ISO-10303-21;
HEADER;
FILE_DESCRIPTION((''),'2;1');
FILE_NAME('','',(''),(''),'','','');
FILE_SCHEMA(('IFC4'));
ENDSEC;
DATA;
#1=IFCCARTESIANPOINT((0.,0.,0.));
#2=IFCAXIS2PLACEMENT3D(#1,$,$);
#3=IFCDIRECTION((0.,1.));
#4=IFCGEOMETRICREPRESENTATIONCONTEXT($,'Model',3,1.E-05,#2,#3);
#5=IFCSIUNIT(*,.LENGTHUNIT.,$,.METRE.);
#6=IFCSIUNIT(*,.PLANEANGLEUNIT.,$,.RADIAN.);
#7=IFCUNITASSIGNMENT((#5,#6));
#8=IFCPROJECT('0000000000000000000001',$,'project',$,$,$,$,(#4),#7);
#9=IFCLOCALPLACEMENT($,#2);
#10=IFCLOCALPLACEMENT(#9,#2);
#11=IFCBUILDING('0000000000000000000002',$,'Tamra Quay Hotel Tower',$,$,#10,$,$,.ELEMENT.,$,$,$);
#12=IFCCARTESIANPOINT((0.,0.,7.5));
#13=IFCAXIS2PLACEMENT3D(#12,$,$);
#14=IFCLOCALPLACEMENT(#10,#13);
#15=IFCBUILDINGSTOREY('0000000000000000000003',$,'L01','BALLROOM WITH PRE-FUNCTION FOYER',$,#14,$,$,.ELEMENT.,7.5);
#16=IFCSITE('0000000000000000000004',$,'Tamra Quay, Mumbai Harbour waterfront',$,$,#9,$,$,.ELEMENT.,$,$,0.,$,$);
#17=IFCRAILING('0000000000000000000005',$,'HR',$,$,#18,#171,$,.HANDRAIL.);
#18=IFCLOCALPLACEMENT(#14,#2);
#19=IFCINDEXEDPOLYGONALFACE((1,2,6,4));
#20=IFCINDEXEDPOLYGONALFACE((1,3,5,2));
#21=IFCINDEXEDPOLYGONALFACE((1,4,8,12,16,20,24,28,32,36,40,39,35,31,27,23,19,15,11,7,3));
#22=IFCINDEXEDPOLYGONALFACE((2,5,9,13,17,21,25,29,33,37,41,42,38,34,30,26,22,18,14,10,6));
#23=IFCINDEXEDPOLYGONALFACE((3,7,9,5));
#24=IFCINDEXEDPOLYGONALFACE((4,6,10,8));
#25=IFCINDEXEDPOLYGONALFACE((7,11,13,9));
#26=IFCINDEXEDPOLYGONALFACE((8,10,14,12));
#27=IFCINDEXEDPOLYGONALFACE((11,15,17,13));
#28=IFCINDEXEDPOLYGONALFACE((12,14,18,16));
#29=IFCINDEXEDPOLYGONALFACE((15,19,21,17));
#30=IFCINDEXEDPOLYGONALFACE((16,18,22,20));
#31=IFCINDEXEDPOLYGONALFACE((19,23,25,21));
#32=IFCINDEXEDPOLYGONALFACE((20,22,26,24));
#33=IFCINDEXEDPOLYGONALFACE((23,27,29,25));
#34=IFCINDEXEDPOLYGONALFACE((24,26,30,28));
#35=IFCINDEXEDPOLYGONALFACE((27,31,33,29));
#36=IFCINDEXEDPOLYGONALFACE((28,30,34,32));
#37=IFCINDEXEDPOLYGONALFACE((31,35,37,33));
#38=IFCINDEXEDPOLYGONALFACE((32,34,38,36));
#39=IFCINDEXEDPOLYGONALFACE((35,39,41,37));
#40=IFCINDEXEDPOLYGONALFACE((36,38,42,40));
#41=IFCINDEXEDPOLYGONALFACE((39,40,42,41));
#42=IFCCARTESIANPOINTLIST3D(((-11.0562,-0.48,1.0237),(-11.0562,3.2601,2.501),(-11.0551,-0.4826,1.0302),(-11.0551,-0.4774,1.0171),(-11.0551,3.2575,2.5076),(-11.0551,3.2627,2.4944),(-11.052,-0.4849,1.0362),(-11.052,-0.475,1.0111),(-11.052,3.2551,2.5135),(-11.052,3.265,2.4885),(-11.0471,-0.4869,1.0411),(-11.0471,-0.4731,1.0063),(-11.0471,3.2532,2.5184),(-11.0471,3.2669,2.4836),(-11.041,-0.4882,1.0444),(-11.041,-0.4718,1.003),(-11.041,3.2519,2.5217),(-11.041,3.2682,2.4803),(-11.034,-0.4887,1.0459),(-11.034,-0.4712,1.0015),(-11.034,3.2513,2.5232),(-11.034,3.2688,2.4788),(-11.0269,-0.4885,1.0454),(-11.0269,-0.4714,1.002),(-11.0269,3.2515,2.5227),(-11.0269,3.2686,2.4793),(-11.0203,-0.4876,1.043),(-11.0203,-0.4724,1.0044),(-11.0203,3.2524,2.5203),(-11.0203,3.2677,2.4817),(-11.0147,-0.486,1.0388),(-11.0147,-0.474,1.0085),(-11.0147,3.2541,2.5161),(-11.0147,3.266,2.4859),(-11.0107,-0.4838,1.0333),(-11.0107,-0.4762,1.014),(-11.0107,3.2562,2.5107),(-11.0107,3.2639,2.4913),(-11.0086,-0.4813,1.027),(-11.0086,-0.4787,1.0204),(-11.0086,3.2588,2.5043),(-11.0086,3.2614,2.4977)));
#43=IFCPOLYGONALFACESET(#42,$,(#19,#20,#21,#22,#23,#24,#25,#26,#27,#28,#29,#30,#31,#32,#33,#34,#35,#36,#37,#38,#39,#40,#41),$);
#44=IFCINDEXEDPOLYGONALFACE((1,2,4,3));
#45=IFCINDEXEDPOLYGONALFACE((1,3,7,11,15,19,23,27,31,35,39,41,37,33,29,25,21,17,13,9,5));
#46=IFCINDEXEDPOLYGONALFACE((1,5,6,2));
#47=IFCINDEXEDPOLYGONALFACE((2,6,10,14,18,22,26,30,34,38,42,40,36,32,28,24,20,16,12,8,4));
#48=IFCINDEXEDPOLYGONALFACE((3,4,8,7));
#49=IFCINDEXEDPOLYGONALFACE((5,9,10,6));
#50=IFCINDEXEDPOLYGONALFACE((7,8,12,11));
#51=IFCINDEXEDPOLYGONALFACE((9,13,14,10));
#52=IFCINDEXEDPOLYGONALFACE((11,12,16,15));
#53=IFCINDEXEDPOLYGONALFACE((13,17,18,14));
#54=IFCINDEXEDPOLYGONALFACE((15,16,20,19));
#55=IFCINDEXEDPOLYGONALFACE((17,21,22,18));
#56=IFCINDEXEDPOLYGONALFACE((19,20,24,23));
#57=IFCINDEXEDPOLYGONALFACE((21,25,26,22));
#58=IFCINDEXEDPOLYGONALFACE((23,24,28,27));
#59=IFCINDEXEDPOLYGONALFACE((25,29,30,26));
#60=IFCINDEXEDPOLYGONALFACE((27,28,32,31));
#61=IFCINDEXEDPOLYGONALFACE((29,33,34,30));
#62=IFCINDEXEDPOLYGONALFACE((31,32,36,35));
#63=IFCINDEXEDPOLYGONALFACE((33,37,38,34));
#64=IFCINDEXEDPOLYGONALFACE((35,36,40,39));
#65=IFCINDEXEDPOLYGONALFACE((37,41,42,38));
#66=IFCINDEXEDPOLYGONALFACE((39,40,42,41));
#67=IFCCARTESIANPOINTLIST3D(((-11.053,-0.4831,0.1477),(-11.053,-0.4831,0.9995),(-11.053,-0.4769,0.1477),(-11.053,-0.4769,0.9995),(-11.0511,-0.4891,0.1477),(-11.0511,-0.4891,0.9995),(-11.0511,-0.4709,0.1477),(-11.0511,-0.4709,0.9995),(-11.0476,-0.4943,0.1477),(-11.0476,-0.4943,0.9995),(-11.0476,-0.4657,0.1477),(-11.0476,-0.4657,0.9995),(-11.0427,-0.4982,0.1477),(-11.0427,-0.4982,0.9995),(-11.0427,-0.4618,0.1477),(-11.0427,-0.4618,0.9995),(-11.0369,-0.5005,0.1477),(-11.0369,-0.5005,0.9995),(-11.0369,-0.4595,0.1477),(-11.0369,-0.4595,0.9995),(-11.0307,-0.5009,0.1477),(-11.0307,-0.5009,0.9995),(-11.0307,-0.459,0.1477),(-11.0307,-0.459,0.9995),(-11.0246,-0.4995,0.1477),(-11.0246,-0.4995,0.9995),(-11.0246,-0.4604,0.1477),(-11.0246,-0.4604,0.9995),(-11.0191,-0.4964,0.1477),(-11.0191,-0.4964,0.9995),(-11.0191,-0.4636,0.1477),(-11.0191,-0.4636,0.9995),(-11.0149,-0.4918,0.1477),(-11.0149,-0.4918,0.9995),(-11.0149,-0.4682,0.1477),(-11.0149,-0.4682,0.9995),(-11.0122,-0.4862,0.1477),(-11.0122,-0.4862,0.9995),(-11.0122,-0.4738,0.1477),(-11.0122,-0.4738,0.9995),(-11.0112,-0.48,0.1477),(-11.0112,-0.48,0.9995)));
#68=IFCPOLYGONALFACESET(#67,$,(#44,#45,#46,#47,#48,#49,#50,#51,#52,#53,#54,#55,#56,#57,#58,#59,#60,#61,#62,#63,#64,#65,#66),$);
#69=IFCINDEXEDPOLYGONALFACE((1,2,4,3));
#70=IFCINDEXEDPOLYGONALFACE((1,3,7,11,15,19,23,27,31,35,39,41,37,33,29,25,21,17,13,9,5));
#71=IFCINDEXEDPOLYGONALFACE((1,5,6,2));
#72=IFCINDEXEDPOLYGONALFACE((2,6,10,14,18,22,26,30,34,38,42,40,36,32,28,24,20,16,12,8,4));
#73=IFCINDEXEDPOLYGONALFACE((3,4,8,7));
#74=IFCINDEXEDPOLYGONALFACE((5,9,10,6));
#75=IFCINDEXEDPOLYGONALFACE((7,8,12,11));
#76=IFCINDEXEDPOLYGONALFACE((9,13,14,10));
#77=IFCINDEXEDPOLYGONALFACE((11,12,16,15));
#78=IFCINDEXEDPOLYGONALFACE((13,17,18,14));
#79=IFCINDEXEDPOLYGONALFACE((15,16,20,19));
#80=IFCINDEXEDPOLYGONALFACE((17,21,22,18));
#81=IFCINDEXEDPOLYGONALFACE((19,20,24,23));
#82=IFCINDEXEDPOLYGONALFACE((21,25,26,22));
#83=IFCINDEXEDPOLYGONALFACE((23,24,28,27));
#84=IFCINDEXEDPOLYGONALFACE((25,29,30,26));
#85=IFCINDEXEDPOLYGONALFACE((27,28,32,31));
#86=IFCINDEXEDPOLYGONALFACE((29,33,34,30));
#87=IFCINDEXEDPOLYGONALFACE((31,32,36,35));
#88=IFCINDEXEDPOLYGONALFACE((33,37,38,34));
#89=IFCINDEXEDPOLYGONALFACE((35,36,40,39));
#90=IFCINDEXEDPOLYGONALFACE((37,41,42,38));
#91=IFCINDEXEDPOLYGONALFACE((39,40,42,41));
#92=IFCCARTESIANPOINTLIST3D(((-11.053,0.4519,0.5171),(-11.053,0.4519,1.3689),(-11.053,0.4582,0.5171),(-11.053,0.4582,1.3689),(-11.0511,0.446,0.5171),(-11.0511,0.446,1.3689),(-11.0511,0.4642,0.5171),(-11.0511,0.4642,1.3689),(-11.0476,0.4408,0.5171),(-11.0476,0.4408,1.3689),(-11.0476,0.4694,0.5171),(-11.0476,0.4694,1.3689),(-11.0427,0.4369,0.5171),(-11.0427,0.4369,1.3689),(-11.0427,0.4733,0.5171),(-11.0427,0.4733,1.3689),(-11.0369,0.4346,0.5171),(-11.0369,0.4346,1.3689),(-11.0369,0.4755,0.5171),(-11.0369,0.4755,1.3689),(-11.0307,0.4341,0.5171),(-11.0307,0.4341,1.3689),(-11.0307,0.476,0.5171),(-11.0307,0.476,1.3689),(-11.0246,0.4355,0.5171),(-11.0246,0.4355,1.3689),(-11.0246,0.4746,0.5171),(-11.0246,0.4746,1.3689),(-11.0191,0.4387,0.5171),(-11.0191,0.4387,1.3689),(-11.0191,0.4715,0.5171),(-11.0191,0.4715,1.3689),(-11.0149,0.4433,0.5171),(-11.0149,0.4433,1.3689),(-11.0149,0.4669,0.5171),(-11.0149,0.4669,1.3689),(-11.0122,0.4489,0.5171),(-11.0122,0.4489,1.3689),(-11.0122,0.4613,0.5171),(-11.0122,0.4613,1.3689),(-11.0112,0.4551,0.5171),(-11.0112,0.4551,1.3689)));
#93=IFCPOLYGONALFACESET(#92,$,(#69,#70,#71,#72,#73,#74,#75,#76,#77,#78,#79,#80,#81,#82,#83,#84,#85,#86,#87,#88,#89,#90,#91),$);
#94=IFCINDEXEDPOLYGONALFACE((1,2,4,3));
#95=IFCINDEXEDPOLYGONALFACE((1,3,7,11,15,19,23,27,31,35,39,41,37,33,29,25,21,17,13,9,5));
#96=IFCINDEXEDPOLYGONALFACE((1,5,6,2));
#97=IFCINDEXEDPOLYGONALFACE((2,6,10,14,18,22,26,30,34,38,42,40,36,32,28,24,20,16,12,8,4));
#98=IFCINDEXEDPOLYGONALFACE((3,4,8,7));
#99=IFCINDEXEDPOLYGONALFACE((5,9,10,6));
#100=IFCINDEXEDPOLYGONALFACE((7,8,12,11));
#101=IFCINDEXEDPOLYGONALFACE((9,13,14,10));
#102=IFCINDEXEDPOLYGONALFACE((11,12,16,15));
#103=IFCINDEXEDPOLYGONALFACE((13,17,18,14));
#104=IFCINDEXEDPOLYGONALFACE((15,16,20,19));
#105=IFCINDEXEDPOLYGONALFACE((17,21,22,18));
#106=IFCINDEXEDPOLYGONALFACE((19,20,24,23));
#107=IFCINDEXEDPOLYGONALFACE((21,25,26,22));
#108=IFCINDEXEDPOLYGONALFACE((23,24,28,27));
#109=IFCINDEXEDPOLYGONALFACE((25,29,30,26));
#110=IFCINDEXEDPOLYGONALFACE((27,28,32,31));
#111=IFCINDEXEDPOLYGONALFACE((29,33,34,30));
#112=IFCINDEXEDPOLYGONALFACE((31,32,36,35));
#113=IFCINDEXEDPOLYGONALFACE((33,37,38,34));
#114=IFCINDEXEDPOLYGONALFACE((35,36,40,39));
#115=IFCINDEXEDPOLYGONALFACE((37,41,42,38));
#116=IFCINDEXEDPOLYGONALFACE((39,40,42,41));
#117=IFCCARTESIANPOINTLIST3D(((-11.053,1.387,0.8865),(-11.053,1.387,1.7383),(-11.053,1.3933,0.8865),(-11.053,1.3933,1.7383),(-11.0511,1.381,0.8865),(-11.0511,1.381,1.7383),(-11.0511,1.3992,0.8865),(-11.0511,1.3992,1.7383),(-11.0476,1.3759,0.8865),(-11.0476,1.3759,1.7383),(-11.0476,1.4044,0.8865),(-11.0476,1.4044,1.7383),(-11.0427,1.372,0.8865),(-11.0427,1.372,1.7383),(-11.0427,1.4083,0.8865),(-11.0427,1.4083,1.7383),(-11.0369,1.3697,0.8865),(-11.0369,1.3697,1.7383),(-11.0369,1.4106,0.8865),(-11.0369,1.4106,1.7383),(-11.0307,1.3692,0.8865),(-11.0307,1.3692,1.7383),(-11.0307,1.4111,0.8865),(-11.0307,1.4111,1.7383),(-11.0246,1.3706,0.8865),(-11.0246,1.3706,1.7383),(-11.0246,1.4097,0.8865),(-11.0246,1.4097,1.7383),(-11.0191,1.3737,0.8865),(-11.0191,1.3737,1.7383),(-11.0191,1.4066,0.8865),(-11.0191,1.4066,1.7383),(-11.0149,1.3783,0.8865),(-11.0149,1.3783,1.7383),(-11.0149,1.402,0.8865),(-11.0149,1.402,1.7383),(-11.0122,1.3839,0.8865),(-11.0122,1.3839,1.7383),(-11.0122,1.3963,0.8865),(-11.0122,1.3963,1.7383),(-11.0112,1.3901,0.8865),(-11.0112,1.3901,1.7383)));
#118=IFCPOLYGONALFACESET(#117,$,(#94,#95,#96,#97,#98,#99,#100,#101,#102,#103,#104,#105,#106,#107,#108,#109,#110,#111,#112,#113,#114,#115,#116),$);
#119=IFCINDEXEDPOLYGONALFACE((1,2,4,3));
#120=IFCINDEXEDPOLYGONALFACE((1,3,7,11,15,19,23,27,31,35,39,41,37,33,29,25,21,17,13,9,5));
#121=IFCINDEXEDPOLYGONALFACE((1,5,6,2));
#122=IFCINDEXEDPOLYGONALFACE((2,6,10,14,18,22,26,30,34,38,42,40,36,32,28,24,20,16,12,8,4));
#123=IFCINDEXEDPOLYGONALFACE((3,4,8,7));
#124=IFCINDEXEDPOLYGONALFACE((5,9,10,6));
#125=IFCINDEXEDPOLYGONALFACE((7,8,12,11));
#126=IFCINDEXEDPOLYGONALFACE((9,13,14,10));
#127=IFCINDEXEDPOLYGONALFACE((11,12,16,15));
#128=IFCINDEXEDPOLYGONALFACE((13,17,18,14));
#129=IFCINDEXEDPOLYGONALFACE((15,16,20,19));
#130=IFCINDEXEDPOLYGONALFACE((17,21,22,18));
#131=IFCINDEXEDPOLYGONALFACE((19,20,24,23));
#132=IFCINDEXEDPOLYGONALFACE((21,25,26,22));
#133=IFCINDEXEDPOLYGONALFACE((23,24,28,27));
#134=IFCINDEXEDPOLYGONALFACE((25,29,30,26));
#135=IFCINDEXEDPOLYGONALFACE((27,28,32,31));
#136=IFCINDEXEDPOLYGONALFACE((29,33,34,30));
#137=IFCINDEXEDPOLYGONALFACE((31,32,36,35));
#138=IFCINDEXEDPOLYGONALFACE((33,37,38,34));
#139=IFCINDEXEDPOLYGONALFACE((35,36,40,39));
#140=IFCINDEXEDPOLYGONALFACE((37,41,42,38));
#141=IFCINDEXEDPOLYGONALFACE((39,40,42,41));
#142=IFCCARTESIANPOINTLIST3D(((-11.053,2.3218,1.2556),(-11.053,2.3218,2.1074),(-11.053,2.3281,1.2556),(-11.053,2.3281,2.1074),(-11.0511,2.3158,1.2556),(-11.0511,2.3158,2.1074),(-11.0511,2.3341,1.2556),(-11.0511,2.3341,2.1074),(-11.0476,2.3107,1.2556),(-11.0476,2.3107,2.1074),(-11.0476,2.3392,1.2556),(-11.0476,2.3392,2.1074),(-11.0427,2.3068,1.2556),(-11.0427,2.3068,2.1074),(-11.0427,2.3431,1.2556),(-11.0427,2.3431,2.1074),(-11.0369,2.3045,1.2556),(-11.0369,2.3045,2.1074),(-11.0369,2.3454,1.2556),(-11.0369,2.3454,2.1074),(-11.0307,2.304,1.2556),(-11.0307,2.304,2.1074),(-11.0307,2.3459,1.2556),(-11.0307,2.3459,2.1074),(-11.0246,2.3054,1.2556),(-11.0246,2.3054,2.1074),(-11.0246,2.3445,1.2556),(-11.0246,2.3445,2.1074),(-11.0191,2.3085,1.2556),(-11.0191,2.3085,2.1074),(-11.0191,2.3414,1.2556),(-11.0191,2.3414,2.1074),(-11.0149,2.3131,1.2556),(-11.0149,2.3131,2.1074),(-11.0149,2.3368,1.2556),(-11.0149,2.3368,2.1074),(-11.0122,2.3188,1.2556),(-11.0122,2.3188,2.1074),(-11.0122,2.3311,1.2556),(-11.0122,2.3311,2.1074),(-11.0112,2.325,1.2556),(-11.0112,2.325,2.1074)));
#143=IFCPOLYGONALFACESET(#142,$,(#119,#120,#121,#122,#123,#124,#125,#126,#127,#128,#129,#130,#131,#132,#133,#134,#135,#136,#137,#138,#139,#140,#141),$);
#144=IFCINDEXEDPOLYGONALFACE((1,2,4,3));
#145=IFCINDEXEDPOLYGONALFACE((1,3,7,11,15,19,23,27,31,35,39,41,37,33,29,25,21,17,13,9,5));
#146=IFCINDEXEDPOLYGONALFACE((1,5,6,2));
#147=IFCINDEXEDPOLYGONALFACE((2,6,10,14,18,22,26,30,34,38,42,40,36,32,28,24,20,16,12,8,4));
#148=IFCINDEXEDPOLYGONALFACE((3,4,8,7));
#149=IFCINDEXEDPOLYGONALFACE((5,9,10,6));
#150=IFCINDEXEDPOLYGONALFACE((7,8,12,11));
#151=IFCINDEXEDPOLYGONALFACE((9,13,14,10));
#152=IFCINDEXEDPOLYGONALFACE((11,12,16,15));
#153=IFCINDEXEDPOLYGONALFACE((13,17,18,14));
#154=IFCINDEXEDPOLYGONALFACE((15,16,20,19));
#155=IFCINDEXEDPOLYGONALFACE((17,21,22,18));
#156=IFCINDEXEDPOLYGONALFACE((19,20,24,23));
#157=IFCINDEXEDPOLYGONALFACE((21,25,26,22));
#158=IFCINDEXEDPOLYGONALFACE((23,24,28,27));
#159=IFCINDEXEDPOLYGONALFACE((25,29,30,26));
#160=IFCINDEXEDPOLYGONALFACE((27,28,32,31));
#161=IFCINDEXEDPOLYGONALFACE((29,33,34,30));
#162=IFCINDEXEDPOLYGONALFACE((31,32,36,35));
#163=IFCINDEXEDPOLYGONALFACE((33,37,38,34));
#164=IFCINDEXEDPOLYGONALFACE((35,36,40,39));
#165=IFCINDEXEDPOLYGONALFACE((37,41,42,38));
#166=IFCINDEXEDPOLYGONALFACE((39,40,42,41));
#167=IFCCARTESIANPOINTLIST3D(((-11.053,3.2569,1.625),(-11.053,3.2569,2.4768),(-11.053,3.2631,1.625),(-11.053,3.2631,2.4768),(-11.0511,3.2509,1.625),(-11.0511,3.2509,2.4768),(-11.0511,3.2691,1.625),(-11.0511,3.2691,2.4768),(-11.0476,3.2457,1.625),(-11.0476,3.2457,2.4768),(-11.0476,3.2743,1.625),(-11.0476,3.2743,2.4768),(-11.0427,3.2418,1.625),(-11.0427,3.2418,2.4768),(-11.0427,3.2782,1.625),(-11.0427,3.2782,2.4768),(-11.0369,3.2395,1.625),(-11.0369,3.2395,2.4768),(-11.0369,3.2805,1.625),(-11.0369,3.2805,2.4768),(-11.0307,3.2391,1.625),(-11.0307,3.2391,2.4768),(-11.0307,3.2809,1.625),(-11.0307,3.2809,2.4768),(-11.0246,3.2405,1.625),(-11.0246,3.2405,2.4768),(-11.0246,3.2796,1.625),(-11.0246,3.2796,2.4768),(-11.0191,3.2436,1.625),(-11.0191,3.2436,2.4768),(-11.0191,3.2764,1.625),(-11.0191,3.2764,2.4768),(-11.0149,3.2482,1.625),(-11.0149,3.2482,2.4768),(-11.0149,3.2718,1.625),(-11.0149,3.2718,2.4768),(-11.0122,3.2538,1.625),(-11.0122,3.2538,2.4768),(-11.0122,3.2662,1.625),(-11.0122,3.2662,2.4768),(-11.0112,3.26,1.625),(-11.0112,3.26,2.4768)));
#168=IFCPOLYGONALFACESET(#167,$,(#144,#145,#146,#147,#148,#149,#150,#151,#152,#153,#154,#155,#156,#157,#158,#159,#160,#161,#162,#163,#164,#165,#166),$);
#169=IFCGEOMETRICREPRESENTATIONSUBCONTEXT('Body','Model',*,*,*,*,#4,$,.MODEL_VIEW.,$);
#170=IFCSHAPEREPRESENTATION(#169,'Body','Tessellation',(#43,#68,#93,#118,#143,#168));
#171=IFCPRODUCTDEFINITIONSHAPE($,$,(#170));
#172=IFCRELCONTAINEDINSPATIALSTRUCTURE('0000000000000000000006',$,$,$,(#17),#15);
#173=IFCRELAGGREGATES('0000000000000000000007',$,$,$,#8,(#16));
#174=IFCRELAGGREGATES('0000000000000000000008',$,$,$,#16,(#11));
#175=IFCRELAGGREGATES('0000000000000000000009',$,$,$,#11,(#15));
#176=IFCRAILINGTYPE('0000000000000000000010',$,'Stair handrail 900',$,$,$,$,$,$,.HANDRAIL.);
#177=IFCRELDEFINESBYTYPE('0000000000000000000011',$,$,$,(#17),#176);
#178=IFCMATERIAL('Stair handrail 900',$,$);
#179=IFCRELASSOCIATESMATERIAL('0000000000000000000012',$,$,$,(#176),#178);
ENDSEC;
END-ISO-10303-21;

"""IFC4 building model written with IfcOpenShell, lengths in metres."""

from ifc_helpers import new_model, si_unit, direction, frame, origin, origin_2d, place, context, subcontext, project, spatial, circle, extrude, material, type_object, element, save


model = new_model("IFC4")

# Units and contexts
model_context = context("Model", 3, precision=1e-05, world=origin(), true_north=direction((0.0, 1.0)))
body_context = subcontext(model_context, "Body", "Model", "MODEL_VIEW")
ifc_project = project(units=[si_unit("LENGTHUNIT", "METRE"), si_unit("PLANEANGLEUNIT", "RADIAN")], contexts=[model_context])

# Site, building, storey
site_placement = place(None, origin())
site = spatial("IfcSite", under=ifc_project, at=site_placement, Name="Tamra Quay, Mumbai Harbour waterfront", CompositionType="ELEMENT", RefElevation=0.0)
building_placement = place(site_placement, origin())
building = spatial("IfcBuilding", under=site, at=building_placement, Name="Tamra Quay Hotel Tower", CompositionType="ELEMENT")
storey_placement = place(building_placement, frame((0.0, 0.0, 7.5)))
storey = spatial("IfcBuildingStorey", under=building, at=storey_placement, Name="L01", Description="BALLROOM WITH PRE-FUNCTION FOYER", CompositionType="ELEMENT", Elevation=7.5)

# Railing
ifc_material_1 = material(Name="Stair handrail 900")
railing_type_1 = type_object("IfcRailingType", Name="Stair handrail 900", PredefinedType="HANDRAIL", material=ifc_material_1)
for number, where, name in (
    (1, (-11.0322, -0.48, 0.1477), "HR"),
):
    element("IfcRailing", number, at=place(storey_placement, frame(where)), inside=storey, type_object=railing_type_1, Name=name, PredefinedType="HANDRAIL", context=body_context, shape_type="SweptSolid", body=[
        extrude(circle(Radius=0.0239, at=origin_2d()), frame((0.0, 0.0, 0.876), z_axis=(0.0, 0.930072, 0.367378), x_axis=(-1.0, 0.0, 0.0)), (0.0, 0.0, 1.0), 4.0212),
        extrude(circle(Radius=0.021, at=origin_2d()), origin(), (0.0, 0.0, 1.0), 0.8518),
        extrude(circle(Radius=0.021, at=origin_2d()), frame((0.0, 0.9351, 0.3694)), (0.0, 0.0, 1.0), 0.8518),
        extrude(circle(Radius=0.021, at=origin_2d()), frame((0.0, 1.8701, 0.7388)), (0.0, 0.0, 1.0), 0.8518),
        extrude(circle(Radius=0.021, at=origin_2d()), frame((0.0, 2.8049, 1.1079)), (0.0, 0.0, 1.0), 0.8518),
        extrude(circle(Radius=0.021, at=origin_2d()), frame((0.0, 3.74, 1.4773)), (0.0, 0.0, 1.0), 0.8518),
    ])

save(model, "model.ifc")
